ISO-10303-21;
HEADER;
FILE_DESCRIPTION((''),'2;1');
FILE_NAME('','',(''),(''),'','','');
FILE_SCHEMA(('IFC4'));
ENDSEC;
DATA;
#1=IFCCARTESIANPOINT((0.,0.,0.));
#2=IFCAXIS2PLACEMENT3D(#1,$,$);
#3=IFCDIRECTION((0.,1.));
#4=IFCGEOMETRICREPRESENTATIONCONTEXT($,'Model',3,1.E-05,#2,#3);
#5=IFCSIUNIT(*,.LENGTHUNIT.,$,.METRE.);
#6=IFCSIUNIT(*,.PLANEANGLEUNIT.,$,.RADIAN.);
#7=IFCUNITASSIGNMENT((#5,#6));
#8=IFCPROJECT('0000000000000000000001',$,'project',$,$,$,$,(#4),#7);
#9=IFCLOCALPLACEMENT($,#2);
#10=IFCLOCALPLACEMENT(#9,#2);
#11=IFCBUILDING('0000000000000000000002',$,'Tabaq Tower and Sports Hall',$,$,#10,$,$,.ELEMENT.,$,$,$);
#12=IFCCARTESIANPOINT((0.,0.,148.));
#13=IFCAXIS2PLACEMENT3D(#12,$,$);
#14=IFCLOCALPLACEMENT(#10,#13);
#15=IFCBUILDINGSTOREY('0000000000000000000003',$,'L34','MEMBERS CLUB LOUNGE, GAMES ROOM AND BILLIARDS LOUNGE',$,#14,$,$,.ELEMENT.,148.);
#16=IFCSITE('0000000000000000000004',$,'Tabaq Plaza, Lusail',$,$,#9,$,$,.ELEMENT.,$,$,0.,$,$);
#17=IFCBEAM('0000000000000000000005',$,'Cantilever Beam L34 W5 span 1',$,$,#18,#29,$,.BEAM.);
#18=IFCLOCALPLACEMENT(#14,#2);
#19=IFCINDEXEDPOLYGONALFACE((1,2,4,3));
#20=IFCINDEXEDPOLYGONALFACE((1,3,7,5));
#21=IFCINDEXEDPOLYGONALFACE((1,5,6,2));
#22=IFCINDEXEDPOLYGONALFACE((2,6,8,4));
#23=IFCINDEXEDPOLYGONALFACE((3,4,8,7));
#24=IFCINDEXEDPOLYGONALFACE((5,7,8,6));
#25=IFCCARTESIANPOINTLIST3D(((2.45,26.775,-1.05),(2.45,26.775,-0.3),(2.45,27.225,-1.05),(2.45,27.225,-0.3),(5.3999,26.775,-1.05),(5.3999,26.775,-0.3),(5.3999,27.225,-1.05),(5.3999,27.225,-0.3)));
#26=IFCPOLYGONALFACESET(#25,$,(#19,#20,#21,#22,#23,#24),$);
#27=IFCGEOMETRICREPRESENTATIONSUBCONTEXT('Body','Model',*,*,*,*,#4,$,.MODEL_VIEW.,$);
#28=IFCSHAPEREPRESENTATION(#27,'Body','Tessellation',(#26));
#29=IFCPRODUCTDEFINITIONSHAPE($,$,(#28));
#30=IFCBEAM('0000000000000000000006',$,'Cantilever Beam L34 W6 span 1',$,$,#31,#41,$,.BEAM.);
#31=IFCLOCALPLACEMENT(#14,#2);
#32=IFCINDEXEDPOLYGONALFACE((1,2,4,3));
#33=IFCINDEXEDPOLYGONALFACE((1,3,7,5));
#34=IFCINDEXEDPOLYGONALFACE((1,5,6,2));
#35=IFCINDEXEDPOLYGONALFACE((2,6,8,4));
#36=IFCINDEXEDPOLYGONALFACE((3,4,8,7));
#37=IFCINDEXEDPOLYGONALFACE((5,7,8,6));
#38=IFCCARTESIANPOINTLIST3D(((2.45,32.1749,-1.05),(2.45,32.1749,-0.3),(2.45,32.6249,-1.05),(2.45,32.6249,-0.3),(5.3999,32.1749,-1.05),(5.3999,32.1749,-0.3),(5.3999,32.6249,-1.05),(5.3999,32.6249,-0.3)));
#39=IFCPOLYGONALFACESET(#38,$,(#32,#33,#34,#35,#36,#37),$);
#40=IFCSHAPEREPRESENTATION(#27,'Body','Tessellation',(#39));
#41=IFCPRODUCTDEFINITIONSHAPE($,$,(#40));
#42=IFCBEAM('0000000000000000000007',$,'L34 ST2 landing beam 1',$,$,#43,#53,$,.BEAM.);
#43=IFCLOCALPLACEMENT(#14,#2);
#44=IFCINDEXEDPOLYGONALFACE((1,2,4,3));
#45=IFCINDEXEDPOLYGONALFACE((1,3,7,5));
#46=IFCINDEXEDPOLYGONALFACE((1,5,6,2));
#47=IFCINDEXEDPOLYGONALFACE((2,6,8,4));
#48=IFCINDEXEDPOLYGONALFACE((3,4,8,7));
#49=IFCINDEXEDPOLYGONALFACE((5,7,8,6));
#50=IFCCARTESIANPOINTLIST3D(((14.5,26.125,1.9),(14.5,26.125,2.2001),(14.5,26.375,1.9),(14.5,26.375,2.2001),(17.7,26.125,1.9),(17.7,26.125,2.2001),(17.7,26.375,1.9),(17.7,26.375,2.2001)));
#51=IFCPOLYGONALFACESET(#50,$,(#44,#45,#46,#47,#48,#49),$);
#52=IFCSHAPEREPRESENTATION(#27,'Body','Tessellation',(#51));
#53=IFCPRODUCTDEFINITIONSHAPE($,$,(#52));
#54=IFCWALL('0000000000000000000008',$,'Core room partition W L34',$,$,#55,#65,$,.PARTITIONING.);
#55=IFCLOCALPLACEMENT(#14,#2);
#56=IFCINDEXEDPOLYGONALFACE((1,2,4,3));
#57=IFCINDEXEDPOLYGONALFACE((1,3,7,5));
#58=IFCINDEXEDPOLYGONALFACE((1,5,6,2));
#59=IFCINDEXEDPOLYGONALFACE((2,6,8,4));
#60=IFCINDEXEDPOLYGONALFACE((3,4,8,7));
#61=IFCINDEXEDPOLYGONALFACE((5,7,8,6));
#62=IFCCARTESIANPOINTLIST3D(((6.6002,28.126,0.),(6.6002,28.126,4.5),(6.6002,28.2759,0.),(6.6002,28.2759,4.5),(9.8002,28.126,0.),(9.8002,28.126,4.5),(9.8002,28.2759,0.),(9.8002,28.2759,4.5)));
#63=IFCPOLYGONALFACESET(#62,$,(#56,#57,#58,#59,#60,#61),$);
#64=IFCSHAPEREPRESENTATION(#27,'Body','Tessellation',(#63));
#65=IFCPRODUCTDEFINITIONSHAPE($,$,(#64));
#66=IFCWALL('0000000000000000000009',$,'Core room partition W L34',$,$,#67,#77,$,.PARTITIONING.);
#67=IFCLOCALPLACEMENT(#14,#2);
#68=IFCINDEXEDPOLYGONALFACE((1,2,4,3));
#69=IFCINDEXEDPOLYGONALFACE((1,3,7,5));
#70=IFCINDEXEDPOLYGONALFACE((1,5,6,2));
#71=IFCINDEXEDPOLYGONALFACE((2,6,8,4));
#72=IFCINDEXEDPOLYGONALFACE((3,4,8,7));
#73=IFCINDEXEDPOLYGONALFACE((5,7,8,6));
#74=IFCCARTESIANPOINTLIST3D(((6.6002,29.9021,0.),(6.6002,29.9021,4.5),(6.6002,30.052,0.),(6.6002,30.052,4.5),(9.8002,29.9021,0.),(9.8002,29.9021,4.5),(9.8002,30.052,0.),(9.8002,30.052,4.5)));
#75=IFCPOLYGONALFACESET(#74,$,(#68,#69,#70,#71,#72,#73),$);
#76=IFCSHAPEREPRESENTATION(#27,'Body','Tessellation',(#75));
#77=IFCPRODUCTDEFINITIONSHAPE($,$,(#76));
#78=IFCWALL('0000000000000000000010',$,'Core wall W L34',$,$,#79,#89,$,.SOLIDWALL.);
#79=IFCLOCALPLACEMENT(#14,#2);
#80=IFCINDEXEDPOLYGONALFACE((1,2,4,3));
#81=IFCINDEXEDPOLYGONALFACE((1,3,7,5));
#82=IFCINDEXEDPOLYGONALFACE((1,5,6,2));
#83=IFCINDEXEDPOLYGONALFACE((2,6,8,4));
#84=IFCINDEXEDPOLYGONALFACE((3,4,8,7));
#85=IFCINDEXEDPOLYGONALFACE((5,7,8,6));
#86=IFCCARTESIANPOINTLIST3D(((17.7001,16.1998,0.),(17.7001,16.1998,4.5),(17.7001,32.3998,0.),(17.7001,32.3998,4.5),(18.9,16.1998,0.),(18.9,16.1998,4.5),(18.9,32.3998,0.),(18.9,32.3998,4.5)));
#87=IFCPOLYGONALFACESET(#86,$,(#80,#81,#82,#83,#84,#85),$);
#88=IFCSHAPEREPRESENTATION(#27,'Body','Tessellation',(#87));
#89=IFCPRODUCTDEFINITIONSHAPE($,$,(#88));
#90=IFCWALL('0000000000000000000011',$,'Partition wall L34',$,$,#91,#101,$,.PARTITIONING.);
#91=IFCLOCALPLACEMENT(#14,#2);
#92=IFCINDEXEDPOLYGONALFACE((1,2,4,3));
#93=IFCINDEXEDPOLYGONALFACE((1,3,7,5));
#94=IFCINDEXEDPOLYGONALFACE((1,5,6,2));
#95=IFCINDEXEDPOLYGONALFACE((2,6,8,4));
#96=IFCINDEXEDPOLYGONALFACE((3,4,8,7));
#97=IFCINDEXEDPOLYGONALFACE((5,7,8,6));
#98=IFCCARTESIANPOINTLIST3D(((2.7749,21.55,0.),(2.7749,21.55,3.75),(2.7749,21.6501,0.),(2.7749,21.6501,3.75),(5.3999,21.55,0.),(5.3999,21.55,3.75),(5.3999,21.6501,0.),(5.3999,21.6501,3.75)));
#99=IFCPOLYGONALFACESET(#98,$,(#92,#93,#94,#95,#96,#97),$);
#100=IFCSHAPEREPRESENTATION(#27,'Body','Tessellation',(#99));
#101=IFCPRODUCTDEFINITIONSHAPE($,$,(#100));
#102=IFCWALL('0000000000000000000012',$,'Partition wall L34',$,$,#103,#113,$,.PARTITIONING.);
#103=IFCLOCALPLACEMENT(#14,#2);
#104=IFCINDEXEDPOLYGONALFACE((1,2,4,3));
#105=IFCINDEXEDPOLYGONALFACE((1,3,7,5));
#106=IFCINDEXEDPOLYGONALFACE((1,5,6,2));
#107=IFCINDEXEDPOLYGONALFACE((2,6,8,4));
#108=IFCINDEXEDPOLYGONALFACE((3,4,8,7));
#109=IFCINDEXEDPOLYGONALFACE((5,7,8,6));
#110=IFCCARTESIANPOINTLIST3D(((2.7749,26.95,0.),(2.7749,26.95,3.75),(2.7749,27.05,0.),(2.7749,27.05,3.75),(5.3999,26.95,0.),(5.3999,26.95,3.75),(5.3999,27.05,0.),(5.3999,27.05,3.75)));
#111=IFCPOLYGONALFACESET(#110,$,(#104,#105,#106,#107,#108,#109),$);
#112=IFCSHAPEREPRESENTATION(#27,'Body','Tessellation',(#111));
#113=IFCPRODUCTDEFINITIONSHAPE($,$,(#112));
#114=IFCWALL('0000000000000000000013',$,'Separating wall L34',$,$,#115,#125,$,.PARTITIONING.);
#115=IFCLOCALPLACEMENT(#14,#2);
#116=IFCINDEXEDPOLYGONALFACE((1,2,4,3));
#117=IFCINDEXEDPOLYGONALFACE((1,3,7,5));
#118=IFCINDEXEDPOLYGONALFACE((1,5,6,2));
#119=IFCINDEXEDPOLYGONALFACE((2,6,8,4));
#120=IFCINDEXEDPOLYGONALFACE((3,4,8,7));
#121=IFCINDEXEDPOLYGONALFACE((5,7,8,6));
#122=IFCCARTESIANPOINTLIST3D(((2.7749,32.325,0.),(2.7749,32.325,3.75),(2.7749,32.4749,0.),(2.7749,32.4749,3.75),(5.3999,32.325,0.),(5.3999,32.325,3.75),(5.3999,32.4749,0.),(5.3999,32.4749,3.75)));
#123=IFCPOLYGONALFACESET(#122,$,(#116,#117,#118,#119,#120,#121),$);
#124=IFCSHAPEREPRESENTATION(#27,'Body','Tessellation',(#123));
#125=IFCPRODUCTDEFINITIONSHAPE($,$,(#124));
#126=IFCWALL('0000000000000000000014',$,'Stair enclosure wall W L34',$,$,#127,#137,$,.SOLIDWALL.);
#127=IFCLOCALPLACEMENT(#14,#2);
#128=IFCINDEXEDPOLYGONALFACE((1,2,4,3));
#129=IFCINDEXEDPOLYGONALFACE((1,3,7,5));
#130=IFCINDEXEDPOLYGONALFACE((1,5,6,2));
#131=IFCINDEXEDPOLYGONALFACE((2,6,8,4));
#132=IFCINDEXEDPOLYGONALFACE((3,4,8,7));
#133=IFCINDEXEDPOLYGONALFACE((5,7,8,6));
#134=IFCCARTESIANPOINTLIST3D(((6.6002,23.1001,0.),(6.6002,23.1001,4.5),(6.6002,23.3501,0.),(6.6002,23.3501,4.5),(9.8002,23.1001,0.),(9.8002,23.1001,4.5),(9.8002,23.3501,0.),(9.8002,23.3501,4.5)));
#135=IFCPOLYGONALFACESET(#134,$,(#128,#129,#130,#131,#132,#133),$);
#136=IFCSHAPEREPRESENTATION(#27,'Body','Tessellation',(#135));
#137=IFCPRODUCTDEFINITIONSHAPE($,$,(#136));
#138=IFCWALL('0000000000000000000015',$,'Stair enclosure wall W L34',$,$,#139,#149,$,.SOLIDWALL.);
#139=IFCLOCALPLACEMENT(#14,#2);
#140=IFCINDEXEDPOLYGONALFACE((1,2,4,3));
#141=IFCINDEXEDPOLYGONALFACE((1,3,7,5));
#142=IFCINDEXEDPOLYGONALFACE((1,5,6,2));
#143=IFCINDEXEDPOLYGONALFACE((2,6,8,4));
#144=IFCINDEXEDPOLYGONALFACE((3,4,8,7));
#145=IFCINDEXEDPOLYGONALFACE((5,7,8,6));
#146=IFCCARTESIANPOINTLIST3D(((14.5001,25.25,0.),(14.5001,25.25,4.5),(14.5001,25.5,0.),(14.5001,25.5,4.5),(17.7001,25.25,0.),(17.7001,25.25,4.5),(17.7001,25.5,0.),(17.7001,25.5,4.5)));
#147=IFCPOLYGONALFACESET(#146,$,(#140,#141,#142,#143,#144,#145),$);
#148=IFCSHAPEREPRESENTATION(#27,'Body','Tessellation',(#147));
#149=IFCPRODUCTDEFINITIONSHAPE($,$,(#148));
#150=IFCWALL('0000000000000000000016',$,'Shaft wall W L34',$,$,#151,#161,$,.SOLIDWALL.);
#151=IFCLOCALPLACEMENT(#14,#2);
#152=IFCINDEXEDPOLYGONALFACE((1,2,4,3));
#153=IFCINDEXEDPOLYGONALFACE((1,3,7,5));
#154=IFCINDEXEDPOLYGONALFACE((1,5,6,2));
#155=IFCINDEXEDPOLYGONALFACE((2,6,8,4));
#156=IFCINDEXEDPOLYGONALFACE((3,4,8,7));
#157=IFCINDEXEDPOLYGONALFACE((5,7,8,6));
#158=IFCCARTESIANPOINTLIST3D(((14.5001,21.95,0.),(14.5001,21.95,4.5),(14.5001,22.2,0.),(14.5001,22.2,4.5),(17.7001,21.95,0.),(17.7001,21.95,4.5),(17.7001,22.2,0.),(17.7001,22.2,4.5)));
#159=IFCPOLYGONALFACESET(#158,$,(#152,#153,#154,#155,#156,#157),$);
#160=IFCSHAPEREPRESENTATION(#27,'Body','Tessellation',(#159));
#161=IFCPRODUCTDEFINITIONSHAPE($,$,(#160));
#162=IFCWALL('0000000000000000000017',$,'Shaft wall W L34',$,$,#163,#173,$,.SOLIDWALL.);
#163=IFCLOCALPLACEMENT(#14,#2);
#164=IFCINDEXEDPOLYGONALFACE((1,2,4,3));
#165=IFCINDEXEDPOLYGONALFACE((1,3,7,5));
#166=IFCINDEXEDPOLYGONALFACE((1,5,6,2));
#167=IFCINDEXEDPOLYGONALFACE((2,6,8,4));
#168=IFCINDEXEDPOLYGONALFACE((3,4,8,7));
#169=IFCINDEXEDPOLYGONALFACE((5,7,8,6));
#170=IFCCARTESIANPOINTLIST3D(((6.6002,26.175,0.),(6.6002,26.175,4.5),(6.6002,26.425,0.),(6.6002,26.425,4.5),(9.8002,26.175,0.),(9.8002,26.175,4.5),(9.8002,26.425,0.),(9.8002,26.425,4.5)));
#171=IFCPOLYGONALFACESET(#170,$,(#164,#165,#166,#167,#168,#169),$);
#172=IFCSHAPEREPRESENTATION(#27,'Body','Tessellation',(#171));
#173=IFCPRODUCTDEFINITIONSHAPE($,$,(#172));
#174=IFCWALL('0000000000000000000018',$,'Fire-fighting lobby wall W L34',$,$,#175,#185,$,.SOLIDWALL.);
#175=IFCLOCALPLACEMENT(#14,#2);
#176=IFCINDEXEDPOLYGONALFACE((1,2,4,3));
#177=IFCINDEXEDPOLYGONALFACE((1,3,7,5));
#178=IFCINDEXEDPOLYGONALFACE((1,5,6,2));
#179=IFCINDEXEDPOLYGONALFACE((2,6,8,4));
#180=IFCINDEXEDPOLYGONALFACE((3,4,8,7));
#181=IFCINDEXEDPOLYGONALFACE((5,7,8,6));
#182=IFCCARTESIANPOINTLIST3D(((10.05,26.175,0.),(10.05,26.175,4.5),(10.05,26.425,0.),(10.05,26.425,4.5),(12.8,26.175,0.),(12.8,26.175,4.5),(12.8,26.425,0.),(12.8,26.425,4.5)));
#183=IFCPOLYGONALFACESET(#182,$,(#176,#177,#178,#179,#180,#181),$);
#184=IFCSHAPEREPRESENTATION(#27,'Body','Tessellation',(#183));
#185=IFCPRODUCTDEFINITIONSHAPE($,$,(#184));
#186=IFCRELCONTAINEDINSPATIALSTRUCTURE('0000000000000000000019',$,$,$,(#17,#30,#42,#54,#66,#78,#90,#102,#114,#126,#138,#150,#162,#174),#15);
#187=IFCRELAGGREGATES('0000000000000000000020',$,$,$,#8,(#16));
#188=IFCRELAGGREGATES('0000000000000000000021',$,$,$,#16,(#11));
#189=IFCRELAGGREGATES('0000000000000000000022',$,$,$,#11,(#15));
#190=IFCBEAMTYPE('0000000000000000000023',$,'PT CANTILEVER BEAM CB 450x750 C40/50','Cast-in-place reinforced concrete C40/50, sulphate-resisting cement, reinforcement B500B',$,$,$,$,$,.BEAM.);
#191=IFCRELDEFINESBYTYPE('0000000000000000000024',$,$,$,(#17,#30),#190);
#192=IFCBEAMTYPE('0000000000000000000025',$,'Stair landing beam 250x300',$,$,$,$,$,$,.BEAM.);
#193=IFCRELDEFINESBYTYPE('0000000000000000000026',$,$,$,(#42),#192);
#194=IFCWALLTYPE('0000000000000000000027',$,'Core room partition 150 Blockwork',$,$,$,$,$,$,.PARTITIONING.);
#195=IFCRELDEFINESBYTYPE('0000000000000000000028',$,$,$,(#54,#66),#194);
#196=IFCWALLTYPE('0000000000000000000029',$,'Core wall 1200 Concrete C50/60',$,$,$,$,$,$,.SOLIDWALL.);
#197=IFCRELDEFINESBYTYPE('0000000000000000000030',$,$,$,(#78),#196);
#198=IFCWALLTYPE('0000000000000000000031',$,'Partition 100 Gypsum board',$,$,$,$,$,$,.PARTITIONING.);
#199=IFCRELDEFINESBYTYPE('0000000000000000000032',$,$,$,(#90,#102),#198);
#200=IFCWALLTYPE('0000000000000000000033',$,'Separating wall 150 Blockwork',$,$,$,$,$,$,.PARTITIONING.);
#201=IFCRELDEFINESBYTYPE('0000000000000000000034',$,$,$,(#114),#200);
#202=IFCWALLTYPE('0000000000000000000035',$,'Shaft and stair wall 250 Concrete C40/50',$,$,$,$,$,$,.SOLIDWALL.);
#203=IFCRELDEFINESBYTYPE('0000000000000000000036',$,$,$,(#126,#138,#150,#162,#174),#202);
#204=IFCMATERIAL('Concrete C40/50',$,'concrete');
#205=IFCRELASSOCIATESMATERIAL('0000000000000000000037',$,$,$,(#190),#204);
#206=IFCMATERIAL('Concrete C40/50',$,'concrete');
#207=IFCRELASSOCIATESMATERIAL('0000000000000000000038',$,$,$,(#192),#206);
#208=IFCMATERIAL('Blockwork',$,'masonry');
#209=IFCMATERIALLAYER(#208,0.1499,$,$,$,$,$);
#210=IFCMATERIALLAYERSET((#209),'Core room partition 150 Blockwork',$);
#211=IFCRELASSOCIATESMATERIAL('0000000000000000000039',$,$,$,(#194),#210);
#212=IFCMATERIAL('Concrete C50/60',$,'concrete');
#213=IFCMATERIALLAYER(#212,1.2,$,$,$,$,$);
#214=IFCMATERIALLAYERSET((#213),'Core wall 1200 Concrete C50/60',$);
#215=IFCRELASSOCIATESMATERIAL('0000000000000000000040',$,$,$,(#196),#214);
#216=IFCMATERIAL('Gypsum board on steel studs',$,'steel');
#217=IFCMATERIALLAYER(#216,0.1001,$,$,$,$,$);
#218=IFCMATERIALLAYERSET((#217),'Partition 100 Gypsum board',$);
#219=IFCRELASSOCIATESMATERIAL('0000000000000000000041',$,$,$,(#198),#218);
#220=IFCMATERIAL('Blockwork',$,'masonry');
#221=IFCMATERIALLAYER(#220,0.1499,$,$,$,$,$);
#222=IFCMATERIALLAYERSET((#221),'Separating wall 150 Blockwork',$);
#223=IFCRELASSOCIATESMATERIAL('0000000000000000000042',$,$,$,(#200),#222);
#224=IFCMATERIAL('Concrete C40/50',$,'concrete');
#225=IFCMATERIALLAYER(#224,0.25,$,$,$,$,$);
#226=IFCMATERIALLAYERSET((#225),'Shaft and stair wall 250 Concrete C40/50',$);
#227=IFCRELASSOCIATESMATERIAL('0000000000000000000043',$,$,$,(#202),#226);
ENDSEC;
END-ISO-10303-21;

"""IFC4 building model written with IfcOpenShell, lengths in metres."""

from ifc_helpers import new_model, si_unit, direction, frame, frame_2d, origin, origin_2d, place, context, subcontext, project, spatial, rectangle, extrude, material, layer, layer_set, material_profile, profile_set, type_object, element, save


model = new_model("IFC4")

# Units and contexts
model_context = context("Model", 3, precision=1e-05, world=origin(), true_north=direction((0.0, 1.0)))
body_context = subcontext(model_context, "Body", "Model", "MODEL_VIEW")
ifc_project = project(units=[si_unit("LENGTHUNIT", "METRE"), si_unit("PLANEANGLEUNIT", "RADIAN")], contexts=[model_context])

# Site, building, storey
site_placement = place(None, origin())
site = spatial("IfcSite", under=ifc_project, at=site_placement, Name="Tabaq Plaza, Lusail", CompositionType="ELEMENT", RefElevation=0.0)
building_placement = place(site_placement, origin())
building = spatial("IfcBuilding", under=site, at=building_placement, Name="Tabaq Tower and Sports Hall", CompositionType="ELEMENT")
storey_placement = place(building_placement, frame((0.0, 0.0, 148.0)))
storey = spatial("IfcBuildingStorey", under=building, at=storey_placement, Name="L34", Description="MEMBERS CLUB LOUNGE, GAMES ROOM AND BILLIARDS LOUNGE", CompositionType="ELEMENT", Elevation=148.0)

# Beams
ifc_material_1 = material(Name="Concrete C40/50", Category="concrete")
ifc_material_profile_1 = material_profile(ifc_material_1, rectangle(XDim=0.45, YDim=0.75, at=origin_2d()), Name="CB 450x750")
ifc_profile_set_1 = profile_set([ifc_material_profile_1], Name="Concrete C40/50")
beam_type_1 = type_object("IfcBeamType", Name="PT CANTILEVER BEAM CB 450x750 C40/50", Description="Cast-in-place reinforced concrete C40/50, sulphate-resisting cement, reinforcement B500B", PredefinedType="BEAM", material=ifc_profile_set_1)
for number, where, z_axis, x_axis, name in (
    (1, (2.45, 27.0, -0.675), (1.0, 0.0, 0.0), (0.0, 1.0, 0.0), "Cantilever Beam L34 W5 span 1"),
    (2, (2.45, 32.3999, -0.675), (1.0, 0.0, 0.0), (0.0, 1.0, 0.0), "Cantilever Beam L34 W6 span 1"),
):
    element("IfcBeam", number, at=place(storey_placement, frame(where, z_axis=z_axis, x_axis=x_axis)), inside=storey, type_object=beam_type_1, Name=name, PredefinedType="BEAM", context=body_context, shape_type="SweptSolid", body=[
        extrude(rectangle(XDim=0.45, YDim=0.75, at=origin_2d()), origin(), (0.0, 0.0, 1.0), 2.95),
    ])
ifc_material_2 = material(Name="Concrete C40/50", Category="concrete")
ifc_material_profile_2 = material_profile(ifc_material_2, rectangle(XDim=0.25, YDim=0.3, at=origin_2d()), Name="RC 250x300")
ifc_profile_set_2 = profile_set([ifc_material_profile_2], Name="Concrete C40/50")
beam_type_2 = type_object("IfcBeamType", Name="Stair landing beam 250x300", PredefinedType="BEAM", material=ifc_profile_set_2)
beam_placement = place(storey_placement, frame((14.5, 26.25, 2.05), z_axis=(1.0, 0.0, 0.0), x_axis=(0.0, 1.0, 0.0)))
element("IfcBeam", 3, at=beam_placement, inside=storey, type_object=beam_type_2, Name="L34 ST2 landing beam 1", PredefinedType="BEAM", context=body_context, shape_type="SweptSolid", body=[
    extrude(rectangle(XDim=0.25, YDim=0.3, at=origin_2d()), origin(), (0.0, 0.0, 1.0), 3.2),
])

# Walls
ifc_material_3 = material(Name="Blockwork", Category="masonry")
ifc_layer_1 = layer(ifc_material_3, 0.1499)
ifc_layer_set_1 = layer_set([ifc_layer_1], Name="Core room partition 150 Blockwork")
wall_type_1 = type_object("IfcWallType", Name="Core room partition 150 Blockwork", PredefinedType="PARTITIONING", material=ifc_layer_set_1)
for number, where, z_axis, x_axis, name in (
    (4, (6.6001, 28.2009, 0.0), (0.0, 0.0, 1.0), (1.0, 0.0, 0.0), "Core room partition W L34"),
    (5, (6.6001, 29.9771, 0.0), (0.0, 0.0, 1.0), (1.0, 0.0, 0.0), "Core room partition W L34"),
):
    element("IfcWall", number, at=place(storey_placement, frame(where, z_axis=z_axis, x_axis=x_axis)), inside=storey, type_object=wall_type_1, Name=name, PredefinedType="PARTITIONING", context=body_context, shape_type="SweptSolid", body=[
        extrude(rectangle(XDim=3.2, YDim=0.1499, at=frame_2d((1.6001, 0.0))), origin(), (0.0, 0.0, 1.0), 4.5),
    ])
ifc_material_4 = material(Name="Concrete C50/60", Category="concrete")
ifc_layer_2 = layer(ifc_material_4, 1.2)
ifc_layer_set_2 = layer_set([ifc_layer_2], Name="Core wall 1200 Concrete C50/60")
wall_type_2 = type_object("IfcWallType", Name="Core wall 1200 Concrete C50/60", PredefinedType="SOLIDWALL", material=ifc_layer_set_2)
wall_1_placement = place(storey_placement, frame((18.3, 32.3999, 0.0), z_axis=(0.0, 0.0, 1.0), x_axis=(0.0, -1.0, 0.0)))
element("IfcWall", 6, at=wall_1_placement, inside=storey, type_object=wall_type_2, Name="Core wall W L34", PredefinedType="SOLIDWALL", context=body_context, shape_type="SweptSolid", body=[
    extrude(rectangle(XDim=16.2, YDim=1.2, at=frame_2d((8.1001, 0.0))), origin(), (0.0, 0.0, 1.0), 4.5),
])

# Walls
ifc_material_5 = material(Name="Gypsum board on steel studs", Category="steel")
ifc_layer_3 = layer(ifc_material_5, 0.1001)
ifc_layer_set_3 = layer_set([ifc_layer_3], Name="Partition 100 Gypsum board")
wall_type_3 = type_object("IfcWallType", Name="Partition 100 Gypsum board", PredefinedType="PARTITIONING", material=ifc_layer_set_3)
for number, where, z_axis, x_axis, name in (
    (7, (5.3999, 21.6001, 0.0), (0.0, 0.0, 1.0), (-1.0, 0.0, 0.0), "Partition wall L34"),
    (8, (5.3999, 27.0, 0.0), (0.0, 0.0, 1.0), (-1.0, 0.0, 0.0), "Partition wall L34"),
):
    element("IfcWall", number, at=place(storey_placement, frame(where, z_axis=z_axis, x_axis=x_axis)), inside=storey, type_object=wall_type_3, Name=name, PredefinedType="PARTITIONING", context=body_context, shape_type="SweptSolid", body=[
        extrude(rectangle(XDim=2.625, YDim=0.1001, at=frame_2d((1.3125, 0.0))), origin(), (0.0, 0.0, 1.0), 3.75),
    ])
ifc_material_6 = material(Name="Blockwork", Category="masonry")
ifc_layer_4 = layer(ifc_material_6, 0.1499)
ifc_layer_set_4 = layer_set([ifc_layer_4], Name="Separating wall 150 Blockwork")
wall_type_4 = type_object("IfcWallType", Name="Separating wall 150 Blockwork", PredefinedType="PARTITIONING", material=ifc_layer_set_4)
wall_2_placement = place(storey_placement, frame((2.7749, 32.3999, 0.0), z_axis=(0.0, 0.0, 1.0), x_axis=(1.0, 0.0, 0.0)))
element("IfcWall", 9, at=wall_2_placement, inside=storey, type_object=wall_type_4, Name="Separating wall L34", PredefinedType="PARTITIONING", context=body_context, shape_type="SweptSolid", body=[
    extrude(rectangle(XDim=2.625, YDim=0.1499, at=frame_2d((1.3125, 0.0))), origin(), (0.0, 0.0, 1.0), 3.75),
])
ifc_material_7 = material(Name="Concrete C40/50", Category="concrete")
ifc_layer_5 = layer(ifc_material_7, 0.25)
ifc_layer_set_5 = layer_set([ifc_layer_5], Name="Shaft and stair wall 250 Concrete C40/50")
wall_type_5 = type_object("IfcWallType", Name="Shaft and stair wall 250 Concrete C40/50", PredefinedType="SOLIDWALL", material=ifc_layer_set_5)
for number, where, z_axis, x_axis, name in (
    (10, (6.6001, 23.2251, 0.0), (0.0, 0.0, 1.0), (1.0, 0.0, 0.0), "Stair enclosure wall W L34"),
    (11, (14.5, 25.375, 0.0), (0.0, 0.0, 1.0), (1.0, 0.0, 0.0), "Stair enclosure wall W L34"),
    (12, (14.5, 22.075, 0.0), (0.0, 0.0, 1.0), (1.0, 0.0, 0.0), "Shaft wall W L34"),
    (13, (6.6001, 26.3, 0.0), (0.0, 0.0, 1.0), (1.0, 0.0, 0.0), "Shaft wall W L34"),
):
    element("IfcWall", number, at=place(storey_placement, frame(where, z_axis=z_axis, x_axis=x_axis)), inside=storey, type_object=wall_type_5, Name=name, PredefinedType="SOLIDWALL", context=body_context, shape_type="SweptSolid", body=[
        extrude(rectangle(XDim=3.2, YDim=0.25, at=frame_2d((1.6001, 0.0))), origin(), (0.0, 0.0, 1.0), 4.5),
    ])
wall_3_placement = place(storey_placement, frame((10.05, 26.3, 0.0), z_axis=(0.0, 0.0, 1.0), x_axis=(1.0, 0.0, 0.0)))
element("IfcWall", 14, at=wall_3_placement, inside=storey, type_object=wall_type_5, Name="Fire-fighting lobby wall W L34", PredefinedType="SOLIDWALL", context=body_context, shape_type="SweptSolid", body=[
    extrude(rectangle(XDim=2.75, YDim=0.25, at=frame_2d((1.375, 0.0))), origin(), (0.0, 0.0, 1.0), 4.5),
])

save(model, "model.ifc")
